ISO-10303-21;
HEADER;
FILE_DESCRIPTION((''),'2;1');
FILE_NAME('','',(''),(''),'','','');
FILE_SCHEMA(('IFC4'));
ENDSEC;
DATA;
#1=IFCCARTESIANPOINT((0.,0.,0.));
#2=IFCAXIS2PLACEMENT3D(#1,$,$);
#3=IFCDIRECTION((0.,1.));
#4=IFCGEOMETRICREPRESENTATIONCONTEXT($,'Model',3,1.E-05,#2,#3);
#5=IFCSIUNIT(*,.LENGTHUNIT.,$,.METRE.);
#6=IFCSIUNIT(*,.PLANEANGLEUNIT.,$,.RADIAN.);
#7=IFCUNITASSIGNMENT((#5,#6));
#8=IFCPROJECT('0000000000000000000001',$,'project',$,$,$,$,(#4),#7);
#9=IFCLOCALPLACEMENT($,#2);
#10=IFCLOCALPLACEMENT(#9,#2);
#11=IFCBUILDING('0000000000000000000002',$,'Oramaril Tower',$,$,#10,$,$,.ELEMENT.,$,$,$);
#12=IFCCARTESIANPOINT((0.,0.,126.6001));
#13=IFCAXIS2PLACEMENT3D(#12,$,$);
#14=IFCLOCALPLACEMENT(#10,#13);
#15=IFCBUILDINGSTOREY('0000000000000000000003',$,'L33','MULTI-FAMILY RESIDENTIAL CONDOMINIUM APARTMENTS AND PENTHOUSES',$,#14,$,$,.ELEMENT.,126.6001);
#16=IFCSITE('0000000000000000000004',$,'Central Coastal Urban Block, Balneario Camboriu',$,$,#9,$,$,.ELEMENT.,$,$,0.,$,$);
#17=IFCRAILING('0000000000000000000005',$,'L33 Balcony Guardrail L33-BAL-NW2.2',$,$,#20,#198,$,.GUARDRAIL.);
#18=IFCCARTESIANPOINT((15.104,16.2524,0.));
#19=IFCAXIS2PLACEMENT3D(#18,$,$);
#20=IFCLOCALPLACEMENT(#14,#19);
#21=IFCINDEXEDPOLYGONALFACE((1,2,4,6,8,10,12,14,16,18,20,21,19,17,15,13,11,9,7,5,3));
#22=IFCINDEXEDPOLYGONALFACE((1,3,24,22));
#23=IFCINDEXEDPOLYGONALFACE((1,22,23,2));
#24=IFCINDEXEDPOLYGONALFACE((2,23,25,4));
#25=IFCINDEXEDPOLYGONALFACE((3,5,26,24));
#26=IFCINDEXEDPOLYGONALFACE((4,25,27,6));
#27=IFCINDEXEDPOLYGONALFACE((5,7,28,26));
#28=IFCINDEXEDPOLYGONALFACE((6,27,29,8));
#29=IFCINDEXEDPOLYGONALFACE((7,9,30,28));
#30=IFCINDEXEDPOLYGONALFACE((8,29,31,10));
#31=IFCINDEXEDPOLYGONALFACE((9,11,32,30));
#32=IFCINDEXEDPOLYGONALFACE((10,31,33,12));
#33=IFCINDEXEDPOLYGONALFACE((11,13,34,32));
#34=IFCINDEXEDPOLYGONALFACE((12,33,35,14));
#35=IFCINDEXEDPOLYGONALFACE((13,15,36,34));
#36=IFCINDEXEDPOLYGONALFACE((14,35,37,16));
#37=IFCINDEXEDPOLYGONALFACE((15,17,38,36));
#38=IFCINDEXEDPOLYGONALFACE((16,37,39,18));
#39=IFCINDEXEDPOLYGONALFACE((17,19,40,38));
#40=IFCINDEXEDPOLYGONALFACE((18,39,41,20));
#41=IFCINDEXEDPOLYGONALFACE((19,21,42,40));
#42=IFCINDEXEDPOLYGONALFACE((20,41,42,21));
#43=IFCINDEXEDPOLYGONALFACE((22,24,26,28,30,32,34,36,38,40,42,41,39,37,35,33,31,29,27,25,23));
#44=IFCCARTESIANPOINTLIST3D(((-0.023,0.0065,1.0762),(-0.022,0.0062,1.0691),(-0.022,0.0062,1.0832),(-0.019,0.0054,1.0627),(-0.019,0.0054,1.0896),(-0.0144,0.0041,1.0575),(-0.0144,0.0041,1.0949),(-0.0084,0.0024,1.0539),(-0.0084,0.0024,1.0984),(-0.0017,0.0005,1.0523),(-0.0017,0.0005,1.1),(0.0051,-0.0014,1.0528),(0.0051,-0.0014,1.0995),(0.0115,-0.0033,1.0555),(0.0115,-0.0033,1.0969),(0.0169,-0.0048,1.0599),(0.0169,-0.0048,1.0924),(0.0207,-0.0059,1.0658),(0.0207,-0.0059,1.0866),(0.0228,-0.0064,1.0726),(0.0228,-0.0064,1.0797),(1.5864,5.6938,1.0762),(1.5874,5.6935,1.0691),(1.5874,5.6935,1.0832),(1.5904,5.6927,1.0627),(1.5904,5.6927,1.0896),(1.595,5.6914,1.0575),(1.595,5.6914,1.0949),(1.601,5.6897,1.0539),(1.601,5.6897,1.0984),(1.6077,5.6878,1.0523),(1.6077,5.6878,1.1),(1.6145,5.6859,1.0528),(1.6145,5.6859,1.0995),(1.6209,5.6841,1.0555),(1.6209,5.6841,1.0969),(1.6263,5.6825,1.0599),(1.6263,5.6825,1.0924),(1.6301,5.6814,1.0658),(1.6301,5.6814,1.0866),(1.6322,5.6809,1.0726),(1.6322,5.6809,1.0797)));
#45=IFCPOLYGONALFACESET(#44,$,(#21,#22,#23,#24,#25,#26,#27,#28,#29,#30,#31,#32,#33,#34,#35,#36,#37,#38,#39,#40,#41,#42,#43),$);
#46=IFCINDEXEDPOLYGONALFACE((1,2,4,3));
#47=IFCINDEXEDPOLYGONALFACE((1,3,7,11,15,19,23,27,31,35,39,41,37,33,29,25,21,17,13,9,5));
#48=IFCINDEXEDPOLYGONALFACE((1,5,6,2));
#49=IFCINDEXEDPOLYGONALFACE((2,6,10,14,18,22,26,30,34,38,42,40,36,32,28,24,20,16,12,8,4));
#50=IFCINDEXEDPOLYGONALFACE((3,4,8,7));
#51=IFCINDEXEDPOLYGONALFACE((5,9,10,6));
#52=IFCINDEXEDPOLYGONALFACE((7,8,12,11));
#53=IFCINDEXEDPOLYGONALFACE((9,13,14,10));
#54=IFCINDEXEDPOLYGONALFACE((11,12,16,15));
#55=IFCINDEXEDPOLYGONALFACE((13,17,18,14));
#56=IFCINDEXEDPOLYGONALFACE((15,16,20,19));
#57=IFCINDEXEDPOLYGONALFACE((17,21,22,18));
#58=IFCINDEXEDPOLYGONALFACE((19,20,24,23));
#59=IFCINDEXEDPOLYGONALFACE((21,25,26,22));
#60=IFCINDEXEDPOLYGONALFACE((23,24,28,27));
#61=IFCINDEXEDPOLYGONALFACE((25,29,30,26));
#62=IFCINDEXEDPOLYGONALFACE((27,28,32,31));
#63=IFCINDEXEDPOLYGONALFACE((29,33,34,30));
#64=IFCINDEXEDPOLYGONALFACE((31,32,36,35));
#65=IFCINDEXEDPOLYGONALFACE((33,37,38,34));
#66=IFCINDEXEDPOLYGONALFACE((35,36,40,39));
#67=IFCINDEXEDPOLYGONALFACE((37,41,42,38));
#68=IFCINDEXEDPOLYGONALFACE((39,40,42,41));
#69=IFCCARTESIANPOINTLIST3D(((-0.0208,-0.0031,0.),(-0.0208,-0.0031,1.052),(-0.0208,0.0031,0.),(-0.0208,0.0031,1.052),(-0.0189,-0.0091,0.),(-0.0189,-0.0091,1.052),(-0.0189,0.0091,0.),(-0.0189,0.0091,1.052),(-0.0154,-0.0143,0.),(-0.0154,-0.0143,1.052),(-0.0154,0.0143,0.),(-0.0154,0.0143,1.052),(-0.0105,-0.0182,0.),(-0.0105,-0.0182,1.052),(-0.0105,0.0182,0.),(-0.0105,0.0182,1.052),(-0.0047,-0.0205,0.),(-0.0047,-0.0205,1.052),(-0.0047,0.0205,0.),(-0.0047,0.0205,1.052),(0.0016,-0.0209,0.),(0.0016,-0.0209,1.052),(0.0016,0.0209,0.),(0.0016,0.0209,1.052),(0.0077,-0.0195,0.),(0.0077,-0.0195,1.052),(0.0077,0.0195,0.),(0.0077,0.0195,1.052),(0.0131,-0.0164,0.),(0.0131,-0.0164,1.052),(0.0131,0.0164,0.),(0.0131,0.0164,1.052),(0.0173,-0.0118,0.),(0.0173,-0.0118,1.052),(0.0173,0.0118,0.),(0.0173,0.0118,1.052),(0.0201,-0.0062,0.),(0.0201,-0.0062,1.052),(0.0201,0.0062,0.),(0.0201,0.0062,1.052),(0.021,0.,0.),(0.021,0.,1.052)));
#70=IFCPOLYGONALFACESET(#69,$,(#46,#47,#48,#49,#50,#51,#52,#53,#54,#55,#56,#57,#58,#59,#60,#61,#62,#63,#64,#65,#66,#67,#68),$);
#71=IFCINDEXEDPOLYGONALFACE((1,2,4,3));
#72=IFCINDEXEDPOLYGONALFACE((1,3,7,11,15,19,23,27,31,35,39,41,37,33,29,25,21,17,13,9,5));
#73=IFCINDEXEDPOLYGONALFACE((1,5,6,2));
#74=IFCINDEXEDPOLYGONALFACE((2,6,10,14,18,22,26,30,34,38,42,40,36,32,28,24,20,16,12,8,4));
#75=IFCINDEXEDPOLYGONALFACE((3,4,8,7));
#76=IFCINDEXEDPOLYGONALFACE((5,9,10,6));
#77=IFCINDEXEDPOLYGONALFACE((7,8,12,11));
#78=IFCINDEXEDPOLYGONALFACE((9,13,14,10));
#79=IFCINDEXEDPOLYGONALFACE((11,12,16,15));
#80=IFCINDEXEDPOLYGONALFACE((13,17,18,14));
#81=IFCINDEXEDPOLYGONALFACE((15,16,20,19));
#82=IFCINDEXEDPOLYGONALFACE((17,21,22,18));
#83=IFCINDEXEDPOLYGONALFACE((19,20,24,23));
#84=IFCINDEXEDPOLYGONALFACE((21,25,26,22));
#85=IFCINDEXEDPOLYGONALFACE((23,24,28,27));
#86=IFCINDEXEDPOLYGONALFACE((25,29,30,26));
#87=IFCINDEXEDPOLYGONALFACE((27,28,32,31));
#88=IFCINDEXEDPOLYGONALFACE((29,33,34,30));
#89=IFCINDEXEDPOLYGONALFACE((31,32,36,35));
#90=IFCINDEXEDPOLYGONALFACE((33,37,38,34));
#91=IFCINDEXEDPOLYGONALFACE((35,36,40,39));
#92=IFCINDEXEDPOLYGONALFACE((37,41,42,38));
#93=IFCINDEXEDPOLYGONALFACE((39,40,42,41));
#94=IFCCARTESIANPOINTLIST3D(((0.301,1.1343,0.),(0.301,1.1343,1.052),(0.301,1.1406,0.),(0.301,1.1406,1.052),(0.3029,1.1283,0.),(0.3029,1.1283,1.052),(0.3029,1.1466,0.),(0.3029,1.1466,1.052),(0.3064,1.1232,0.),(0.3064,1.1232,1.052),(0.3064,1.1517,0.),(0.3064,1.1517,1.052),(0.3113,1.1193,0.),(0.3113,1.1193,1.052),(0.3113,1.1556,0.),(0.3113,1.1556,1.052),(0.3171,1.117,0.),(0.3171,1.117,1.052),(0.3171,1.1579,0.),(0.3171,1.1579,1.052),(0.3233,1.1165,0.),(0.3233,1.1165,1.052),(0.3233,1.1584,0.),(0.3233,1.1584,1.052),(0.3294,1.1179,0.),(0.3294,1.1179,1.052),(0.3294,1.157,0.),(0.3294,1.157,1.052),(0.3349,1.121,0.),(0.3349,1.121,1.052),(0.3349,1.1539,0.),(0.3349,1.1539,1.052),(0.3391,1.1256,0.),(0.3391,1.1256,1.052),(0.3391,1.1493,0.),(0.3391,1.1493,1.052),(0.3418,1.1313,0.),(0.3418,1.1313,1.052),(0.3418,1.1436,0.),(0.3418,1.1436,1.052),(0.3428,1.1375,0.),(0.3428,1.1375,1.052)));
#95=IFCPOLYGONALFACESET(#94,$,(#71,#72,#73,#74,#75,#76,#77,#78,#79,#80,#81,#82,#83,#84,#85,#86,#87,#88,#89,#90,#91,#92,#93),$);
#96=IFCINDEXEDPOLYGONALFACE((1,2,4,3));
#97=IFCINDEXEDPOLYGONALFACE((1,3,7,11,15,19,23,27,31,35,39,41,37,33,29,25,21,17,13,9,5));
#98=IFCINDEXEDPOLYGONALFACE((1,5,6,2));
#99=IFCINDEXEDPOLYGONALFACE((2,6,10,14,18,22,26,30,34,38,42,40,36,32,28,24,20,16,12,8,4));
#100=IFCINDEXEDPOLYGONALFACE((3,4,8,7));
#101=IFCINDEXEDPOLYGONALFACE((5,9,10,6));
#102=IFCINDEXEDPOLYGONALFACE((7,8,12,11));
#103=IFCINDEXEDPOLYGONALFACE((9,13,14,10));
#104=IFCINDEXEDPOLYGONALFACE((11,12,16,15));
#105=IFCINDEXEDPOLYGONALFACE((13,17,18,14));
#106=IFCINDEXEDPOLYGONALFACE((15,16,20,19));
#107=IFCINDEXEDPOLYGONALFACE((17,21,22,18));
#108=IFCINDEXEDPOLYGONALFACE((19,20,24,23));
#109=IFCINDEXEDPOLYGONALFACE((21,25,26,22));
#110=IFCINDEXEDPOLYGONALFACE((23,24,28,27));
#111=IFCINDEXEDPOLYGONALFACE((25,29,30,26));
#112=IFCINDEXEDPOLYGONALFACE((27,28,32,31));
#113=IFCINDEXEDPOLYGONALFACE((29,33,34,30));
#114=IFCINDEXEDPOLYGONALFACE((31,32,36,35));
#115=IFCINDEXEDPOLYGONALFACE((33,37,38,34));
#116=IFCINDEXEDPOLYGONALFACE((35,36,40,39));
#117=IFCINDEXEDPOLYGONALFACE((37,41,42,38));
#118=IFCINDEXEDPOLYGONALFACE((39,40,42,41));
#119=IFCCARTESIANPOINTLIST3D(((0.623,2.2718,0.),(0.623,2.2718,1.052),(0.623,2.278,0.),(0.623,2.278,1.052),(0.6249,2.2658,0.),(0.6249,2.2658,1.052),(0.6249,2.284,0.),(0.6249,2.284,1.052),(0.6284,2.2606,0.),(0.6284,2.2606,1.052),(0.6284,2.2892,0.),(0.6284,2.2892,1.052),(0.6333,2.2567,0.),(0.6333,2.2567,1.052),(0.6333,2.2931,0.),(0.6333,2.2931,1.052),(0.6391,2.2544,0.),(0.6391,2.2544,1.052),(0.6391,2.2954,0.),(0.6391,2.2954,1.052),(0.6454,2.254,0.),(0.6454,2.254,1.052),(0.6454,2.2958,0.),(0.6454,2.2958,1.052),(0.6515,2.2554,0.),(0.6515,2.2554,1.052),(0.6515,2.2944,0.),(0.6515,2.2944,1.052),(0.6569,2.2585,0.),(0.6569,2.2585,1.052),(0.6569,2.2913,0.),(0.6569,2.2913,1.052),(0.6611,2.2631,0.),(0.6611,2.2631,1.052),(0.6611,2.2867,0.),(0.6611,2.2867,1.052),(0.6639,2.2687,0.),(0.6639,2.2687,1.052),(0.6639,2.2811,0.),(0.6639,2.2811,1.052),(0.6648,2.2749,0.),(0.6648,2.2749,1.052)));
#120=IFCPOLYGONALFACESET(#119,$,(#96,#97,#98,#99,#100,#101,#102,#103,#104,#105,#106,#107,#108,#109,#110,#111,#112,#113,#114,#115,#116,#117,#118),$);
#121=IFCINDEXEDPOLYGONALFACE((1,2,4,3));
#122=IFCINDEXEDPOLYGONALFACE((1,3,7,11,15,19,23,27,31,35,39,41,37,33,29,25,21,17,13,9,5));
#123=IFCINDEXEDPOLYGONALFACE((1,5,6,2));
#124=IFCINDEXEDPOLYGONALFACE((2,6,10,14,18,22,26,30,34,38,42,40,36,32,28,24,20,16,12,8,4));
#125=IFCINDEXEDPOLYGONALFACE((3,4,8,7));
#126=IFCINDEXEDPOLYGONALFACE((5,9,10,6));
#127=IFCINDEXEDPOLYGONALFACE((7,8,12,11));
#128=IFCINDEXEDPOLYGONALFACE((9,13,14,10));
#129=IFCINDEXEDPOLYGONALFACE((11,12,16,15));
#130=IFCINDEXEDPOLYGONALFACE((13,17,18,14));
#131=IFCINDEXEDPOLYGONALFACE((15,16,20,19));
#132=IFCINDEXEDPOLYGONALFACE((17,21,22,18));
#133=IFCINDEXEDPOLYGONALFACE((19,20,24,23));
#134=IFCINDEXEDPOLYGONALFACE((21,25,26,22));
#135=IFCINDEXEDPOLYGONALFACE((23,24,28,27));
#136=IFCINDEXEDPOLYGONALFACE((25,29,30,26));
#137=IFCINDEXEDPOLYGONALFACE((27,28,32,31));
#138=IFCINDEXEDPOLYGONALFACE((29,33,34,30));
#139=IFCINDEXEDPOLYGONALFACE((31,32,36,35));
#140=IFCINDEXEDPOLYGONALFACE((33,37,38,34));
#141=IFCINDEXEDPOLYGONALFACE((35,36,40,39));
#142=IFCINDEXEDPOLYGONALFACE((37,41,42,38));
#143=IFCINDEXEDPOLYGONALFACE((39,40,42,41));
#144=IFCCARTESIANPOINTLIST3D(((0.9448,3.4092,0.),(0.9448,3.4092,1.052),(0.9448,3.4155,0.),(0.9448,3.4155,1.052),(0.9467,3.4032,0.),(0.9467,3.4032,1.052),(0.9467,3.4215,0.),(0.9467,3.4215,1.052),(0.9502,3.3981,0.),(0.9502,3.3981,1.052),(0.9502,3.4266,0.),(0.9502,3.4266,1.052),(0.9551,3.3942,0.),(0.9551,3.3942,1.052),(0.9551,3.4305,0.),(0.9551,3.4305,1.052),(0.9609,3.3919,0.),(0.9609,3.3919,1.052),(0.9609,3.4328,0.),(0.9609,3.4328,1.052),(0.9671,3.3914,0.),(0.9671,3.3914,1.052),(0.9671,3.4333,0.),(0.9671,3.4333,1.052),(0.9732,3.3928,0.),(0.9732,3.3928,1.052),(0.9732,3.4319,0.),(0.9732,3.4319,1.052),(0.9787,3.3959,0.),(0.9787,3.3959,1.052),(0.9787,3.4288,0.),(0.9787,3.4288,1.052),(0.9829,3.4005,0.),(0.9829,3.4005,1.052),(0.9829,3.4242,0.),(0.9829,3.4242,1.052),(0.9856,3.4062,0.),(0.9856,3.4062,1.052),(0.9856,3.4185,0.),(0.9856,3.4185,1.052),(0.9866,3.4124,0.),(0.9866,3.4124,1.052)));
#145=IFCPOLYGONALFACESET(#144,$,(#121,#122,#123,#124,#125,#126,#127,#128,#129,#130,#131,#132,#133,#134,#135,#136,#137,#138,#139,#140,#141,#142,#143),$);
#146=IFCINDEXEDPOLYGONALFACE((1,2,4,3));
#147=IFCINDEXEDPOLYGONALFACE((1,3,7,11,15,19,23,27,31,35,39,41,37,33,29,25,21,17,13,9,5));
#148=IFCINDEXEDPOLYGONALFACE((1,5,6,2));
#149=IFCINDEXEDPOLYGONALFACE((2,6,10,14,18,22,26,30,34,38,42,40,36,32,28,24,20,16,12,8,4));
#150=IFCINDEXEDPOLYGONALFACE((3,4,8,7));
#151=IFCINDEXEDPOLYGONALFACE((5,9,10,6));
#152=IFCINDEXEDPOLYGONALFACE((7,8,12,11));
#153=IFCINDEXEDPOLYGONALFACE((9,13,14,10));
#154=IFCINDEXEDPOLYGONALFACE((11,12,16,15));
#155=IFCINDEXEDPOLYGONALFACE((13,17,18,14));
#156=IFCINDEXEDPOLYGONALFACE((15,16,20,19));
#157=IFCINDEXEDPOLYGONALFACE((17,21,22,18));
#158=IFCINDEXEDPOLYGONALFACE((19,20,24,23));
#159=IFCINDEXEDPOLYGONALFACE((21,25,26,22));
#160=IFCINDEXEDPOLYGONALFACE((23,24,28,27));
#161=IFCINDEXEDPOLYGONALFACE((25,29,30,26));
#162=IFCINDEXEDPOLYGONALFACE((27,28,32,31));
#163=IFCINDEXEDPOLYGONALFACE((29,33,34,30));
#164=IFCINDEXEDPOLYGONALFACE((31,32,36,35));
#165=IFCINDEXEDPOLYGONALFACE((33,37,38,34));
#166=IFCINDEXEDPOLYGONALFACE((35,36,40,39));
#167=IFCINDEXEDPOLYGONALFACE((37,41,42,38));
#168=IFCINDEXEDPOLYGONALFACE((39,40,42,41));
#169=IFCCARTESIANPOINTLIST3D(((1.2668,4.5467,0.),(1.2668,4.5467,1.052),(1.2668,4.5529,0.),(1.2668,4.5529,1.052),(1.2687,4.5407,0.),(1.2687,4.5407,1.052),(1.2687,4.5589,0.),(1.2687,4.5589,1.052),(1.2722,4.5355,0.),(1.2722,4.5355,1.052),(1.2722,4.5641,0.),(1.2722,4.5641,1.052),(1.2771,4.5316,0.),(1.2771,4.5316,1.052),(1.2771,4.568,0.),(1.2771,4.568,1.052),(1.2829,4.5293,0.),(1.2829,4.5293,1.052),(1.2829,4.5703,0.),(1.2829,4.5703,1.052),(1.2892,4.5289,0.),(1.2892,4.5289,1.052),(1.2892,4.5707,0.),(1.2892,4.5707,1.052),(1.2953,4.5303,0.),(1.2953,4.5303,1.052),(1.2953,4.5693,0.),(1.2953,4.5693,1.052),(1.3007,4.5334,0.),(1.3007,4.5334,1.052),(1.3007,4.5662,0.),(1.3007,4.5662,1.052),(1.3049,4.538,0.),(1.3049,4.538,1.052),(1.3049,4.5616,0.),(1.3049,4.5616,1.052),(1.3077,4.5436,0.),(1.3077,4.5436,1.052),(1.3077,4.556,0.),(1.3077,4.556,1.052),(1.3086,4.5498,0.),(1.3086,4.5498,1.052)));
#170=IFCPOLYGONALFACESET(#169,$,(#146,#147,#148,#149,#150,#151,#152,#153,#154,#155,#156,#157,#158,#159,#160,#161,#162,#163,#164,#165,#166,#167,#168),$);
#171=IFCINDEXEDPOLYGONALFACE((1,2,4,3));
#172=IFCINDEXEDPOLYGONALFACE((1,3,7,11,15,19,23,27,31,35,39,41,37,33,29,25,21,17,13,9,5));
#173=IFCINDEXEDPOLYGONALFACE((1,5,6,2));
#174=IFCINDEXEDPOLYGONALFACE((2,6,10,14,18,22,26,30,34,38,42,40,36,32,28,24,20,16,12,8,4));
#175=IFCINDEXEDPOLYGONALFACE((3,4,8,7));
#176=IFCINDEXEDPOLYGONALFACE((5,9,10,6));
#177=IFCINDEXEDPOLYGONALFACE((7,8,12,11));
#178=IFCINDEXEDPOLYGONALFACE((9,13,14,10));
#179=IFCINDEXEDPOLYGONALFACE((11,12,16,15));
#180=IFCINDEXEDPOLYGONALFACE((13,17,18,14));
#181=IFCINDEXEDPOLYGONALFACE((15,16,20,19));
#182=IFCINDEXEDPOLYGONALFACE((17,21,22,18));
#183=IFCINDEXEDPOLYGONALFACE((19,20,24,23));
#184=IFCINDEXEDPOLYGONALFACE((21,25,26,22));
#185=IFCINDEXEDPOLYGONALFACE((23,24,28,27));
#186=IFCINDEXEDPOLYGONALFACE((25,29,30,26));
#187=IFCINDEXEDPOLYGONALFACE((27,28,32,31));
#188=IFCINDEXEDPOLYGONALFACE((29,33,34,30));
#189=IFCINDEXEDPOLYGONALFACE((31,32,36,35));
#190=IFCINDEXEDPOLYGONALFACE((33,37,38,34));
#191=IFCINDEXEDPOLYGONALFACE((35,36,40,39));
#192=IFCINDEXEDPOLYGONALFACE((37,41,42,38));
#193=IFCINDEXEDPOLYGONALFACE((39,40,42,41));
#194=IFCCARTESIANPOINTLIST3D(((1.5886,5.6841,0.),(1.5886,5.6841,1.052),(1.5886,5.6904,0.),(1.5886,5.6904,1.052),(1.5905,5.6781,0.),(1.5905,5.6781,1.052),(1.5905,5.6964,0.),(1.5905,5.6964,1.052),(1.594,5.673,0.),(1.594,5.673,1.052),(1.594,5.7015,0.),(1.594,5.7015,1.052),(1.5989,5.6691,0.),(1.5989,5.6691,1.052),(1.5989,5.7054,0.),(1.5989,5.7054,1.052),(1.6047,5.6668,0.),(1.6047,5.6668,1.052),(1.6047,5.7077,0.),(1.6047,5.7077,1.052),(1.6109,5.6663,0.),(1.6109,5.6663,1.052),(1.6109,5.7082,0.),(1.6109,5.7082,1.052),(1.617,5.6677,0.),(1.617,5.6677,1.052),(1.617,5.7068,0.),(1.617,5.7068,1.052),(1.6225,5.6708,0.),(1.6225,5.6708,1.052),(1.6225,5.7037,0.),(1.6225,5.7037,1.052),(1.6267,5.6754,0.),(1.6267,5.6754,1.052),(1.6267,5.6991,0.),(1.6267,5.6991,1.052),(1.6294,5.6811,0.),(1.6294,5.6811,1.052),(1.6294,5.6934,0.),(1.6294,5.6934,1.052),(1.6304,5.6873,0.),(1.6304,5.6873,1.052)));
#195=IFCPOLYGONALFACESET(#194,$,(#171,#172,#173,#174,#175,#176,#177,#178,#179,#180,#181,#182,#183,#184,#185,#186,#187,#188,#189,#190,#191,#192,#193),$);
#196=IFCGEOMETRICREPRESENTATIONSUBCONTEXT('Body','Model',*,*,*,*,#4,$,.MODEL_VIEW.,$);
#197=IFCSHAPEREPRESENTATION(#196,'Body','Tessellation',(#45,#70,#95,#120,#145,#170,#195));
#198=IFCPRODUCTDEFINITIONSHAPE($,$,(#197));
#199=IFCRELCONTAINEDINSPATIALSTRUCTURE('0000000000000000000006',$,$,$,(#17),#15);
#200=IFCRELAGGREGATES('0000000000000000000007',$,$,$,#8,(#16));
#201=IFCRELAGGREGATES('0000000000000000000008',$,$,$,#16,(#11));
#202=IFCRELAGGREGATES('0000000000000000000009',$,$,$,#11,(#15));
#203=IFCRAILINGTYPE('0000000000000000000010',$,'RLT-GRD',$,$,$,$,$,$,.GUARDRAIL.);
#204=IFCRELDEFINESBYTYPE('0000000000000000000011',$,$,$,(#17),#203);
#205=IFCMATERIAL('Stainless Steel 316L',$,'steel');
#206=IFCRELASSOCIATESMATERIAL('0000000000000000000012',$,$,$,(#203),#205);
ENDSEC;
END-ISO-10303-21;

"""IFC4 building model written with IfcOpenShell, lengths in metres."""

from ifc_helpers import new_model, si_unit, direction, frame, origin, origin_2d, place, context, subcontext, project, spatial, circle, extrude, material, type_object, element, save


model = new_model("IFC4")

# Units and contexts
model_context = context("Model", 3, precision=1e-05, world=origin(), true_north=direction((0.0, 1.0)))
body_context = subcontext(model_context, "Body", "Model", "MODEL_VIEW")
ifc_project = project(units=[si_unit("LENGTHUNIT", "METRE"), si_unit("PLANEANGLEUNIT", "RADIAN")], contexts=[model_context])

# Site, building, storey
site_placement = place(None, origin())
site = spatial("IfcSite", under=ifc_project, at=site_placement, Name="Central Coastal Urban Block, Balneario Camboriu", CompositionType="ELEMENT", RefElevation=0.0)
building_placement = place(site_placement, origin())
building = spatial("IfcBuilding", under=site, at=building_placement, Name="Oramaril Tower", CompositionType="ELEMENT")
storey_placement = place(building_placement, frame((0.0, 0.0, 126.6001)))
storey = spatial("IfcBuildingStorey", under=building, at=storey_placement, Name="L33", Description="MULTI-FAMILY RESIDENTIAL CONDOMINIUM APARTMENTS AND PENTHOUSES", CompositionType="ELEMENT", Elevation=126.6001)

# Railing
ifc_material_1 = material(Name="Stainless Steel 316L", Category="steel")
railing_type = type_object("IfcRailingType", Name="RLT-GRD", PredefinedType="GUARDRAIL", material=ifc_material_1)
railing_1_placement = place(storey_placement, frame((15.104, 16.2524, 0.0)))
element("IfcRailing", 1, at=railing_1_placement, inside=storey, type_object=railing_type, Name="L33 Balcony Guardrail L33-BAL-NW2.2", PredefinedType="GUARDRAIL", context=body_context, shape_type="SweptSolid", body=[
    extrude(circle(Radius=0.0239, at=origin_2d()), frame((0.0, 0.0, 1.0762), z_axis=(0.272287, 0.962216, 0.0), x_axis=(-0.962216, 0.272287, 0.0)), (0.0, 0.0, 1.0), 5.9106),
    extrude(circle(Radius=0.021, at=origin_2d()), origin(), (0.0, 0.0, 1.0), 1.052),
    extrude(circle(Radius=0.021, at=origin_2d()), frame((0.3218, 1.1375, 0.0)), (0.0, 0.0, 1.0), 1.052),
    extrude(circle(Radius=0.021, at=origin_2d()), frame((0.6438, 2.2749, 0.0)), (0.0, 0.0, 1.0), 1.052),
    extrude(circle(Radius=0.021, at=origin_2d()), frame((0.9656, 3.4124, 0.0)), (0.0, 0.0, 1.0), 1.052),
    extrude(circle(Radius=0.021, at=origin_2d()), frame((1.2876, 4.5498, 0.0)), (0.0, 0.0, 1.0), 1.052),
    extrude(circle(Radius=0.021, at=origin_2d()), frame((1.6094, 5.6873, 0.0)), (0.0, 0.0, 1.0), 1.052),
])

save(model, "model.ifc")
